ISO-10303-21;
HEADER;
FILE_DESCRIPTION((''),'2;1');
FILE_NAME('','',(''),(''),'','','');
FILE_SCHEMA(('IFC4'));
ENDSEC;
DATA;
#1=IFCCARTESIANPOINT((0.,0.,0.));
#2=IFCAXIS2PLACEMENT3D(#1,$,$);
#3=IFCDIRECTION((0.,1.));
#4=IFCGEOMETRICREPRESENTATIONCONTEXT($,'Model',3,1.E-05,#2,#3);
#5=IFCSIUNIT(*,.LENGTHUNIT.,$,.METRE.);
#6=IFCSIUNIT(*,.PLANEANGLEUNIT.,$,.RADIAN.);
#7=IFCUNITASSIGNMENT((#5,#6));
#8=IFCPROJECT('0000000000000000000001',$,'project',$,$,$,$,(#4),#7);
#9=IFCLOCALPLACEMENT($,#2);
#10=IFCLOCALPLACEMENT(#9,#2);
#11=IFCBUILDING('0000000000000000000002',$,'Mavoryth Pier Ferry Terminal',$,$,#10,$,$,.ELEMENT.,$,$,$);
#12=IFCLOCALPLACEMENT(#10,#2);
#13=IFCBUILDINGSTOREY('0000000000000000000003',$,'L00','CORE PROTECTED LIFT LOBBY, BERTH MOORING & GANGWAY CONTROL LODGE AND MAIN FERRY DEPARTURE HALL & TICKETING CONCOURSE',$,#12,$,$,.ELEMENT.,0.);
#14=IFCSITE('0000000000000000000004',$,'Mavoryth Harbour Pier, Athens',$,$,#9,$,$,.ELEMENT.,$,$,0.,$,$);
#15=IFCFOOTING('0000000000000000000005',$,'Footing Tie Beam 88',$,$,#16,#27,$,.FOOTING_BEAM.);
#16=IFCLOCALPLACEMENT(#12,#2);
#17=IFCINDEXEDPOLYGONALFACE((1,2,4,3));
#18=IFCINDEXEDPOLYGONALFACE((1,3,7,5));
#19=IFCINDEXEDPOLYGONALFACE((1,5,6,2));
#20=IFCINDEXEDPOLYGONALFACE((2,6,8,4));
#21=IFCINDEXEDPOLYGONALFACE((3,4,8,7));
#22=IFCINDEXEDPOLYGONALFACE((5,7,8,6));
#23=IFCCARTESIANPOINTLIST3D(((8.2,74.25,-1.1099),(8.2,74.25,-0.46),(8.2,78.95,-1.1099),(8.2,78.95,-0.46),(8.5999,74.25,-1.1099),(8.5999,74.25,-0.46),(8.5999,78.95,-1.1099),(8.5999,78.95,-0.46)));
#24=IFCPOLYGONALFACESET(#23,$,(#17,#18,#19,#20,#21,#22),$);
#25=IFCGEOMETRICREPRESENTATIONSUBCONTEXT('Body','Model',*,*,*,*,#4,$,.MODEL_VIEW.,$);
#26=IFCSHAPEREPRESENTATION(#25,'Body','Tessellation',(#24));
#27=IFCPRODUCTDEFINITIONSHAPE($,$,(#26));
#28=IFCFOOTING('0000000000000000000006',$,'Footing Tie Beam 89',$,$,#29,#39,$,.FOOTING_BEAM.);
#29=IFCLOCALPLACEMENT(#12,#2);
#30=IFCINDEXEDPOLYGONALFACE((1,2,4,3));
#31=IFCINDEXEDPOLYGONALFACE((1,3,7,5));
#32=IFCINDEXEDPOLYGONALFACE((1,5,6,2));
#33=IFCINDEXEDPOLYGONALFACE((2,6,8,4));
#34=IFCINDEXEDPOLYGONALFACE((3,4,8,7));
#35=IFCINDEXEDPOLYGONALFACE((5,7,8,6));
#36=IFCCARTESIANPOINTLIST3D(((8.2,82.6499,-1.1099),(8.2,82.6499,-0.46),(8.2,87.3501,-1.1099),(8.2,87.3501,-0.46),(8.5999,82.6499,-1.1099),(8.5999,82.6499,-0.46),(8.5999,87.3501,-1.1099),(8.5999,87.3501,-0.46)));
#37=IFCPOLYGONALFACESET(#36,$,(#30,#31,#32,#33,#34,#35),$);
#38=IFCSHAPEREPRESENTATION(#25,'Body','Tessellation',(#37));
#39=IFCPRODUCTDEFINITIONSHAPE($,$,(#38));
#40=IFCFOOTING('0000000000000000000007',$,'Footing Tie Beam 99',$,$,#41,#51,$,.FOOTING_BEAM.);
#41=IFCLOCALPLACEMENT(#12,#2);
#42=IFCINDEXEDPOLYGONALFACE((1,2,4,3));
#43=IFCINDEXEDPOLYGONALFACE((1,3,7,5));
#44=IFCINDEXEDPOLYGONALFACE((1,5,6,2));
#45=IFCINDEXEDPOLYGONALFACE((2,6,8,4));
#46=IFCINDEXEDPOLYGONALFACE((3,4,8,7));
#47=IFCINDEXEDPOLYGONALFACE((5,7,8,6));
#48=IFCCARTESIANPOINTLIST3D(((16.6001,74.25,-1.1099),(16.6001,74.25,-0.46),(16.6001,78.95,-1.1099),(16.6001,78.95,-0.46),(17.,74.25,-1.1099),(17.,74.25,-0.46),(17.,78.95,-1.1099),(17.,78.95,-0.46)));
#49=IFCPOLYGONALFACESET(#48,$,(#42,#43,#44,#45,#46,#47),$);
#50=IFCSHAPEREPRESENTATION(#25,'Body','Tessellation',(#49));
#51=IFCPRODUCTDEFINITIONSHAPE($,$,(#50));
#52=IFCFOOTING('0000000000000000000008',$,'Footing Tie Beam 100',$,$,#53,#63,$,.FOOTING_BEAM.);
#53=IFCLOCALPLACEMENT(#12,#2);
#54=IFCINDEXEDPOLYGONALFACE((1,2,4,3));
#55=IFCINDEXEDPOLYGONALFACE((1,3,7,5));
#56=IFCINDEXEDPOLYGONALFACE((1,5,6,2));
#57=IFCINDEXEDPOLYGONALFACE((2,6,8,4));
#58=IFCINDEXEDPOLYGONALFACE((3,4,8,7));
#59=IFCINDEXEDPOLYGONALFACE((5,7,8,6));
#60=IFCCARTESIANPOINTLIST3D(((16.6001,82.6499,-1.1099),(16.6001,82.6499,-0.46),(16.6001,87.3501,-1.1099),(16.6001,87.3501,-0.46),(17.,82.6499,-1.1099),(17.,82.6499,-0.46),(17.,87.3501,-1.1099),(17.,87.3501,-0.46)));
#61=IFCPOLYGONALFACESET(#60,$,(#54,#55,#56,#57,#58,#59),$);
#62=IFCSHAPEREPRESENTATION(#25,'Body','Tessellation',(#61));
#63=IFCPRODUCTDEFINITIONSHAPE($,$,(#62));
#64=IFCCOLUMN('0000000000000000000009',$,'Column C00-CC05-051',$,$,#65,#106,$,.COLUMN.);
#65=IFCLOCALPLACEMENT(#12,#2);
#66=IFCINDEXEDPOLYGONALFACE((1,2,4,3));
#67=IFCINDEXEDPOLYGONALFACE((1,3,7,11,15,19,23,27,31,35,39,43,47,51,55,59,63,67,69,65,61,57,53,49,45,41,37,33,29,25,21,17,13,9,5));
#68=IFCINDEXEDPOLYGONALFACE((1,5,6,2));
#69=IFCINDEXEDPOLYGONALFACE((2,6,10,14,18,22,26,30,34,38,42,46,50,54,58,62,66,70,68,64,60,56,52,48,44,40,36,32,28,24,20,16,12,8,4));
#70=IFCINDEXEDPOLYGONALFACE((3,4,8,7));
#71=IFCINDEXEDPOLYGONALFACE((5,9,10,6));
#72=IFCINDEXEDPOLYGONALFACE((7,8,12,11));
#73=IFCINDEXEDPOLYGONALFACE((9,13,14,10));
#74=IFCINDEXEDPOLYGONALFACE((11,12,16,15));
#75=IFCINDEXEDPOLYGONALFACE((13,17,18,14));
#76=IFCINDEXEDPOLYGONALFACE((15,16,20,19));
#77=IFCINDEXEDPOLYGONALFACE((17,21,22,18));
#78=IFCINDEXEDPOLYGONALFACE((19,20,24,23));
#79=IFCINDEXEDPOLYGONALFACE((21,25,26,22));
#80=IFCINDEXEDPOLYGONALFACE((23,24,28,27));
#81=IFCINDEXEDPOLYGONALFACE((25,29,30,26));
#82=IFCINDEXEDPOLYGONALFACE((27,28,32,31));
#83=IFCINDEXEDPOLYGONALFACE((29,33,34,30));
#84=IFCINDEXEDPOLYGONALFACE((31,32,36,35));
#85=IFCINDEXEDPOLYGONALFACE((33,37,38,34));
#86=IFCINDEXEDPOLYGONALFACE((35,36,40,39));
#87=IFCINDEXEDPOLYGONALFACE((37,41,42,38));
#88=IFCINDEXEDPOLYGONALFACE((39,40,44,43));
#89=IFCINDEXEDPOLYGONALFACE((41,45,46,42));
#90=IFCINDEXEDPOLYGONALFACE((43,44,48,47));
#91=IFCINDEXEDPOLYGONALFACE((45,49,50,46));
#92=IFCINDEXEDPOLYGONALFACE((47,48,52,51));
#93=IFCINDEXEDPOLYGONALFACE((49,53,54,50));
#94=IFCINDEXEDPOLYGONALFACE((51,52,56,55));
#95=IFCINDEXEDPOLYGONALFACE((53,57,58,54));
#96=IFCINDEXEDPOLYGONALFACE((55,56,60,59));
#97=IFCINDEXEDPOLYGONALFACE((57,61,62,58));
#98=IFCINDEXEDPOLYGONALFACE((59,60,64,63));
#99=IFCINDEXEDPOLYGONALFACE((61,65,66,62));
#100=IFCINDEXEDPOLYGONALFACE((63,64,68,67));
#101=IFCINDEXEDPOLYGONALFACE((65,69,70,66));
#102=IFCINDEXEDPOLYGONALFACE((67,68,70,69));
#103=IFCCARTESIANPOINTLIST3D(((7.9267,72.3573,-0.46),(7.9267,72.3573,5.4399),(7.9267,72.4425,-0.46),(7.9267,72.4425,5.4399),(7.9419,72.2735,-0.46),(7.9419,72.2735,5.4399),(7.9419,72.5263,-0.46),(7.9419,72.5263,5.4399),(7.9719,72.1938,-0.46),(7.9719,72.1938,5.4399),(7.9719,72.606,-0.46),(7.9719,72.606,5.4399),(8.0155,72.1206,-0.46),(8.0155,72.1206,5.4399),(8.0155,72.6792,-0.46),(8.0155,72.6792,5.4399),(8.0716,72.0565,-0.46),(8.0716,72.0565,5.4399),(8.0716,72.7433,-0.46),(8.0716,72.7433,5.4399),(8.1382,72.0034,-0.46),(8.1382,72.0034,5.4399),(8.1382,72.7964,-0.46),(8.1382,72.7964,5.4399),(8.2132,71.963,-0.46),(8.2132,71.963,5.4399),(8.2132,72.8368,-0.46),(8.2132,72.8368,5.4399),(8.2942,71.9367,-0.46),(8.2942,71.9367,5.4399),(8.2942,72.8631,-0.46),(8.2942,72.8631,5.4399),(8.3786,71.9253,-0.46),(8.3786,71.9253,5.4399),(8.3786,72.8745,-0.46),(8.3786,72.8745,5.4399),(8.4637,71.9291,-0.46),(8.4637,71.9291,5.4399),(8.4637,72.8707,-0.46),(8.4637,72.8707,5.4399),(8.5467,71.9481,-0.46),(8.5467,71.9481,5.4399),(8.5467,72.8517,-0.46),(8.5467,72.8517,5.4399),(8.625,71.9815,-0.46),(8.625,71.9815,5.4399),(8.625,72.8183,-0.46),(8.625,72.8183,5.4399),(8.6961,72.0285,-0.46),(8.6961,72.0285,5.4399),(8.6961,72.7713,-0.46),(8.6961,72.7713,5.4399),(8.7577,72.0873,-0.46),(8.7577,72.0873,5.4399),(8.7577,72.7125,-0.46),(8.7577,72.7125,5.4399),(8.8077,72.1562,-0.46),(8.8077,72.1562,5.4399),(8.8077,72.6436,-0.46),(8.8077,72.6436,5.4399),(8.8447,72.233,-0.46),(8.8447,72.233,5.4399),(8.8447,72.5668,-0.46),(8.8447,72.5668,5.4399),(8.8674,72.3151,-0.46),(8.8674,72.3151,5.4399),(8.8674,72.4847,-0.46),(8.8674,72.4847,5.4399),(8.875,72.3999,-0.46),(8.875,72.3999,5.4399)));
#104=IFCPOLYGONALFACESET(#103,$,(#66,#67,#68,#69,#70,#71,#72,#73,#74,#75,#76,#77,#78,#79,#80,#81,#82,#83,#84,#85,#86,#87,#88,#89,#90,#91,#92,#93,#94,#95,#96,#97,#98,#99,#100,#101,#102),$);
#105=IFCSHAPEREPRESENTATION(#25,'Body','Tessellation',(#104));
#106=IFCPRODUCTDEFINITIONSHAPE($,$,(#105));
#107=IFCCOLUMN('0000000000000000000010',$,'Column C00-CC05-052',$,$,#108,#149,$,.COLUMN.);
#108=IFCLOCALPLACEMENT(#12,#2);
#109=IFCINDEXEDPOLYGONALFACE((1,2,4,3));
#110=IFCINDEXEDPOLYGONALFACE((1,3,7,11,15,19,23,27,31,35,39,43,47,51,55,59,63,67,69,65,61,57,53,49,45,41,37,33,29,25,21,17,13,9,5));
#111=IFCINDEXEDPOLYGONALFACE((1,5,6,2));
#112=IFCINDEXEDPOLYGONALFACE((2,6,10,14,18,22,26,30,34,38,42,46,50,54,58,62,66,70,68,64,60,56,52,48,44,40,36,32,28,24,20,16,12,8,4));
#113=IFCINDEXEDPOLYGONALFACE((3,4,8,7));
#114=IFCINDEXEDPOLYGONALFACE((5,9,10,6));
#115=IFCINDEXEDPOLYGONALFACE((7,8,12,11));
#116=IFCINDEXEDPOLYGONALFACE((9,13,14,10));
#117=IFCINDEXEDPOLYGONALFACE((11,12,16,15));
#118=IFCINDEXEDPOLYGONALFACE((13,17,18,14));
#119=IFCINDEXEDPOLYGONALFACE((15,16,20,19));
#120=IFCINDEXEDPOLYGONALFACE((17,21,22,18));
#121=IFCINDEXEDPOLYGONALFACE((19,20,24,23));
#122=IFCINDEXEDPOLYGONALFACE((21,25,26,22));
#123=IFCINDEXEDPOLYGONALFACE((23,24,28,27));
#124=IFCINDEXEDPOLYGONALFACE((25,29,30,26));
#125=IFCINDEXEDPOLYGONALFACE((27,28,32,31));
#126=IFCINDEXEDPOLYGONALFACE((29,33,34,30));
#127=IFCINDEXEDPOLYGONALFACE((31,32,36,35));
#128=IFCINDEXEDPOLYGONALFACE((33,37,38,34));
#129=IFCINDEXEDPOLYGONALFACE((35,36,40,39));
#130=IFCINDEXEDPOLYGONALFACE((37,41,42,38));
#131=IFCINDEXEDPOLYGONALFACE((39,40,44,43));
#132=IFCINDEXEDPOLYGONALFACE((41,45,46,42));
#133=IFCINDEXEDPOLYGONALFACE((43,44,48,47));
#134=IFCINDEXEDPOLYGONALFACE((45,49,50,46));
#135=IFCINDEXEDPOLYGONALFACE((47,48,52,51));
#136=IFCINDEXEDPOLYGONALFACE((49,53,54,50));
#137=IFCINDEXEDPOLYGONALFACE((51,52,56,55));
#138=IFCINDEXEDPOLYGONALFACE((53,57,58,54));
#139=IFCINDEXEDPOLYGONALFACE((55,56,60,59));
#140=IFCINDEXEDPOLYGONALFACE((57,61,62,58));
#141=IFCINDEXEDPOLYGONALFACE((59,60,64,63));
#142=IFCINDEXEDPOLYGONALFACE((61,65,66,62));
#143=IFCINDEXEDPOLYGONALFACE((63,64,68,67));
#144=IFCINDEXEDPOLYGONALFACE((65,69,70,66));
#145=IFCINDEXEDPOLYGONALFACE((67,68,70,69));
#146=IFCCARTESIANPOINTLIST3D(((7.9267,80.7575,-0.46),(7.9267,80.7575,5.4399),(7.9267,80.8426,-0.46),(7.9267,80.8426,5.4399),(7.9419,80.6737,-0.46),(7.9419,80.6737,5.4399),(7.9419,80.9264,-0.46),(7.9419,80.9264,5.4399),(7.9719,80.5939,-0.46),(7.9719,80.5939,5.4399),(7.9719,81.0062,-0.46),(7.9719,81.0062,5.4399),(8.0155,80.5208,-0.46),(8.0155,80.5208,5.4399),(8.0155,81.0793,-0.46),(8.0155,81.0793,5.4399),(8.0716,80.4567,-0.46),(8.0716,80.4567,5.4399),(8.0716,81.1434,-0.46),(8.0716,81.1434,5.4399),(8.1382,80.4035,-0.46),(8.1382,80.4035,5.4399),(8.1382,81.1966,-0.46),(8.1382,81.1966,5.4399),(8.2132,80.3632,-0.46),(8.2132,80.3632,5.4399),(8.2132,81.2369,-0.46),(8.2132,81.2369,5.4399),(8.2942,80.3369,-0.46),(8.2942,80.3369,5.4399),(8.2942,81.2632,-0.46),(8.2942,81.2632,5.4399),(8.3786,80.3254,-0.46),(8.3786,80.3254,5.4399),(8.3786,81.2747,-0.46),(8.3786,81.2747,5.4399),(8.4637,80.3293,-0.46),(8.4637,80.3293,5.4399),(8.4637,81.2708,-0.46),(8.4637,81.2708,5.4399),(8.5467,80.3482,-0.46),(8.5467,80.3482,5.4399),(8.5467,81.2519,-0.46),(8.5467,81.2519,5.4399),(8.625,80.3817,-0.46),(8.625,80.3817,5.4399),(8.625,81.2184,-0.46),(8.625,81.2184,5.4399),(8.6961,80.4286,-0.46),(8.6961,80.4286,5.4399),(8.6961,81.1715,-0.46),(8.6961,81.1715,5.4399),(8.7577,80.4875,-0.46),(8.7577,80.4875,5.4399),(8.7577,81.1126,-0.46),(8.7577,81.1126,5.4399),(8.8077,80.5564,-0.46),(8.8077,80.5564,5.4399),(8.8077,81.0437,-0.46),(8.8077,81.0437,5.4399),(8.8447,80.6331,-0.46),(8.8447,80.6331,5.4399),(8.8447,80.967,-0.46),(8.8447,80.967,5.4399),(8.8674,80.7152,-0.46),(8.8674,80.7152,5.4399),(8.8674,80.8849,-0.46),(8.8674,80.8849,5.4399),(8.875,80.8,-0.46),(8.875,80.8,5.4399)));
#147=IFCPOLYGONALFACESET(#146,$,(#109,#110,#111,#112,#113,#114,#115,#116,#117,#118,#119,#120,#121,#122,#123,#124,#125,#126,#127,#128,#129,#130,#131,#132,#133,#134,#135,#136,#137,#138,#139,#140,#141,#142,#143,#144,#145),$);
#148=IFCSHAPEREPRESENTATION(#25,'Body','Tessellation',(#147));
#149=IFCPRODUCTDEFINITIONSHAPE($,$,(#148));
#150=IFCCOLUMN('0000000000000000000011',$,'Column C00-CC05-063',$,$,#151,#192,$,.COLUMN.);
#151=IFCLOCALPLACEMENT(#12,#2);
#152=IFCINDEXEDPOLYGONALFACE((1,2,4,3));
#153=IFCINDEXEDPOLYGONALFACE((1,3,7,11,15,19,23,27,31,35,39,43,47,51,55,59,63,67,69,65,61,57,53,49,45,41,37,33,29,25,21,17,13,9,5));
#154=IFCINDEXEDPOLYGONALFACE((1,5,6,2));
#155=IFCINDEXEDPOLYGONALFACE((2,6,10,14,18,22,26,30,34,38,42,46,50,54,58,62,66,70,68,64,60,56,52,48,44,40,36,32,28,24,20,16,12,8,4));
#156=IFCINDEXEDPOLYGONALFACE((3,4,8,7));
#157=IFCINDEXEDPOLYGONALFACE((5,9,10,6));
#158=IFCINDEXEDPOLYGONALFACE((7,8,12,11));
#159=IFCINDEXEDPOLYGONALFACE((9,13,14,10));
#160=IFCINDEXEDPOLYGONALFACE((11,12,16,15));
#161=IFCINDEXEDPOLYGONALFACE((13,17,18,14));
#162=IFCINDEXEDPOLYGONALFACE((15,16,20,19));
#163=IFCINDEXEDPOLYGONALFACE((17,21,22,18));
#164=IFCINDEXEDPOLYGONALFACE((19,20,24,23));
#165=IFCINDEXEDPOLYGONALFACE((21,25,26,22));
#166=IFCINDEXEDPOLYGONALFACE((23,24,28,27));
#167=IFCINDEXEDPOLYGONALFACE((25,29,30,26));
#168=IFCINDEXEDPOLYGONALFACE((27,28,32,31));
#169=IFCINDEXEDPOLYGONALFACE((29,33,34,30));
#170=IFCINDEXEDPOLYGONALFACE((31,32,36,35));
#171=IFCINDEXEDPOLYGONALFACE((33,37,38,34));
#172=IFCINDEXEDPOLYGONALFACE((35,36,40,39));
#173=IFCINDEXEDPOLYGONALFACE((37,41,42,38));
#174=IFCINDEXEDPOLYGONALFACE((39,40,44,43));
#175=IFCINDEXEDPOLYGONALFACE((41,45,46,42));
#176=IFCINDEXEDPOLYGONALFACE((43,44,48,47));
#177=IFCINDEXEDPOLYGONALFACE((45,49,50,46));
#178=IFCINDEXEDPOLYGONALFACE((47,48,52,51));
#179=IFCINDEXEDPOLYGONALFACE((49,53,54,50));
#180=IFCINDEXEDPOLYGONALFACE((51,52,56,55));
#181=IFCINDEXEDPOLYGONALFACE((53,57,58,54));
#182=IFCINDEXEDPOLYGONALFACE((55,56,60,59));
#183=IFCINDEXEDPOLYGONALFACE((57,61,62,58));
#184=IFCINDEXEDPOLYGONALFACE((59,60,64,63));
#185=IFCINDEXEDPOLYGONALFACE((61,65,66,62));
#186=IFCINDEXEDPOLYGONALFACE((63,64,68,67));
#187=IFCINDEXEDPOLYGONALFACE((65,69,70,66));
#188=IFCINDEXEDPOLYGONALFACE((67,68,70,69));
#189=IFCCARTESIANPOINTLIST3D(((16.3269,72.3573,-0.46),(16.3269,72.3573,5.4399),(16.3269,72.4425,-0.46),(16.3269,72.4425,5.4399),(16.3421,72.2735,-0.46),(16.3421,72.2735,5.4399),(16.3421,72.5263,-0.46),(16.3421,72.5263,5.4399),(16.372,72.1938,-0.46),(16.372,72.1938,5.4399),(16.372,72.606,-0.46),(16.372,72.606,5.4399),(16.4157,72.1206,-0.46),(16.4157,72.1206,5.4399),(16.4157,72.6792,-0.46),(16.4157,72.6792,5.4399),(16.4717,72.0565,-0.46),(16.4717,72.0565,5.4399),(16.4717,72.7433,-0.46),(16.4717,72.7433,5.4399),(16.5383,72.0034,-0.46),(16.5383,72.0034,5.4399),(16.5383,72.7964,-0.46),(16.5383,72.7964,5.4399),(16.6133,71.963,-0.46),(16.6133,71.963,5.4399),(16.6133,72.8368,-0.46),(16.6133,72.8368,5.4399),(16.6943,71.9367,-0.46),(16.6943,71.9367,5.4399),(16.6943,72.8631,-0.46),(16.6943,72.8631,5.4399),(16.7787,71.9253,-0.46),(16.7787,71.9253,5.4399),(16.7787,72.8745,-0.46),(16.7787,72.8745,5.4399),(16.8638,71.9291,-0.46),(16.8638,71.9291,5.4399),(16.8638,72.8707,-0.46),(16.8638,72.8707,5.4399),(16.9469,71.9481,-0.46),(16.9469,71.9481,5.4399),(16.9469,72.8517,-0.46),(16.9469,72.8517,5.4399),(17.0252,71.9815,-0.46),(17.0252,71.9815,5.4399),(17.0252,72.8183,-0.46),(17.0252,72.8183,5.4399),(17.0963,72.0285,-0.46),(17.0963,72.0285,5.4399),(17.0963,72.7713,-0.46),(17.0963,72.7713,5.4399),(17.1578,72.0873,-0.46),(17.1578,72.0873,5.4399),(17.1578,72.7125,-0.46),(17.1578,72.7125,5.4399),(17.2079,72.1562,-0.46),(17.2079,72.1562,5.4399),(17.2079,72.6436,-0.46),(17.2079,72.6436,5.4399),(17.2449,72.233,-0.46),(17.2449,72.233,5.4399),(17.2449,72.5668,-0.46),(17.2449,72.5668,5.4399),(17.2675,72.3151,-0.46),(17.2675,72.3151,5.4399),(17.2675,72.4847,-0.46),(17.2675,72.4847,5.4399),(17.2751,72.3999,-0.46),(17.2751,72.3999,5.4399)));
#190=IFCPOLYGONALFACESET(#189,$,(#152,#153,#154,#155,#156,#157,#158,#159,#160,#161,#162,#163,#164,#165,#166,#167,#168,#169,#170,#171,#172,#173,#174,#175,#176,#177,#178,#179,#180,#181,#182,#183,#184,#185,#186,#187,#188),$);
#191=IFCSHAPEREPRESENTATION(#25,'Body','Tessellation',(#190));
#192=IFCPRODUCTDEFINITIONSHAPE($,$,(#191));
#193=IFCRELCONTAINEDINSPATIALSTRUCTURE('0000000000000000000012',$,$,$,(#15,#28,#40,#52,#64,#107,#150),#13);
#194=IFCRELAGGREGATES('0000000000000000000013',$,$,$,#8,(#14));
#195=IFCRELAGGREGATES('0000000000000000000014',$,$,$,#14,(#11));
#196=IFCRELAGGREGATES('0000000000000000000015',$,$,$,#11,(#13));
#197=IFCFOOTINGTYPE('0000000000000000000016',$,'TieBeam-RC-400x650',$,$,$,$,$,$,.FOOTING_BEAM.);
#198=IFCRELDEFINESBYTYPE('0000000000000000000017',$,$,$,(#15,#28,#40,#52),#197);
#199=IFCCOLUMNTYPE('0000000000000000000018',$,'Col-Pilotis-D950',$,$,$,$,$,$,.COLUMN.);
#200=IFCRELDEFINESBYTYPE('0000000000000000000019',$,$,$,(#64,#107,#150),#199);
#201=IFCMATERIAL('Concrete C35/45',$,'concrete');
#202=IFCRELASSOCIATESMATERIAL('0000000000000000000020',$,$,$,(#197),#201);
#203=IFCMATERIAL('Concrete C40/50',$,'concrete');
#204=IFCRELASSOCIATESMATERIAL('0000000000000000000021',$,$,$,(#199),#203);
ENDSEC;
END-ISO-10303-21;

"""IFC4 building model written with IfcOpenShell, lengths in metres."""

from ifc_helpers import new_model, si_unit, direction, frame, origin, origin_2d, place, context, subcontext, project, spatial, rectangle, circle, extrude, material, material_profile, profile_set, type_object, element, save


model = new_model("IFC4")

# Units and contexts
model_context = context("Model", 3, precision=1e-05, world=origin(), true_north=direction((0.0, 1.0)))
body_context = subcontext(model_context, "Body", "Model", "MODEL_VIEW")
ifc_project = project(units=[si_unit("LENGTHUNIT", "METRE"), si_unit("PLANEANGLEUNIT", "RADIAN")], contexts=[model_context])

# Site, building, storey
site_placement = place(None, origin())
site = spatial("IfcSite", under=ifc_project, at=site_placement, Name="Mavoryth Harbour Pier, Athens", CompositionType="ELEMENT", RefElevation=0.0)
building_placement = place(site_placement, origin())
building = spatial("IfcBuilding", under=site, at=building_placement, Name="Mavoryth Pier Ferry Terminal", CompositionType="ELEMENT")
storey_placement = place(building_placement, origin())
storey = spatial("IfcBuildingStorey", under=building, at=storey_placement, Name="L00", Description="CORE PROTECTED LIFT LOBBY, BERTH MOORING & GANGWAY CONTROL LODGE AND MAIN FERRY DEPARTURE HALL & TICKETING CONCOURSE", CompositionType="ELEMENT", Elevation=0.0)

# Shared definitions
ifc_material_1 = material(Name="Concrete C35/45", Category="concrete")

# Footings
ifc_material_profile_1 = material_profile(ifc_material_1, rectangle(XDim=0.3999, YDim=0.6499, at=origin_2d()), Name="RC 400x650", Category="concrete")
ifc_profile_set_1 = profile_set([ifc_material_profile_1], Name="Concrete C35/45 - RC 400x650")
footing_type_1 = type_object("IfcFootingType", Name="TieBeam-RC-400x650", PredefinedType="FOOTING_BEAM", material=ifc_profile_set_1)
for number, where, z_axis, x_axis, name in (
    (1, (8.3999, 74.25, -0.7849), (0.0, 1.0, 0.0), (-1.0, 0.0, 0.0), "Footing Tie Beam 88"),
):
    element("IfcFooting", number, at=place(storey_placement, frame(where, z_axis=z_axis, x_axis=x_axis)), inside=storey, type_object=footing_type_1, Name=name, PredefinedType="FOOTING_BEAM", context=body_context, shape_type="SweptSolid", body=[
        extrude(rectangle(XDim=0.3999, YDim=0.6499, at=origin_2d()), origin(), (0.0, 0.0, 1.0), 4.7),
    ])
footing_1_placement = place(storey_placement, frame((8.3999, 82.6499, -0.7849), z_axis=(0.0, 1.0, 0.0), x_axis=(-1.0, 0.0, 0.0)))
element("IfcFooting", 2, at=footing_1_placement, inside=storey, type_object=footing_type_1, Name="Footing Tie Beam 89", PredefinedType="FOOTING_BEAM", context=body_context, shape_type="SweptSolid", body=[
    extrude(rectangle(XDim=0.3999, YDim=0.6499, at=origin_2d()), origin(), (0.0, 0.0, 1.0), 4.7002),
])
footing_2_placement = place(storey_placement, frame((16.8, 74.25, -0.7849), z_axis=(0.0, 1.0, 0.0), x_axis=(-1.0, 0.0, 0.0)))
element("IfcFooting", 3, at=footing_2_placement, inside=storey, type_object=footing_type_1, Name="Footing Tie Beam 99", PredefinedType="FOOTING_BEAM", context=body_context, shape_type="SweptSolid", body=[
    extrude(rectangle(XDim=0.3999, YDim=0.6499, at=origin_2d()), origin(), (0.0, 0.0, 1.0), 4.7),
])
footing_3_placement = place(storey_placement, frame((16.8, 82.6499, -0.7849), z_axis=(0.0, 1.0, 0.0), x_axis=(-1.0, 0.0, 0.0)))
element("IfcFooting", 4, at=footing_3_placement, inside=storey, type_object=footing_type_1, Name="Footing Tie Beam 100", PredefinedType="FOOTING_BEAM", context=body_context, shape_type="SweptSolid", body=[
    extrude(rectangle(XDim=0.3999, YDim=0.6499, at=origin_2d()), origin(), (0.0, 0.0, 1.0), 4.7002),
])

# Columns
ifc_material_2 = material(Name="Concrete C40/50", Category="concrete")
ifc_material_profile_2 = material_profile(ifc_material_2, circle(Radius=0.4751, at=origin_2d()), Name="RC D950", Category="concrete")
ifc_profile_set_2 = profile_set([ifc_material_profile_2], Name="Concrete C40/50 - RC D950")
column_type = type_object("IfcColumnType", Name="Col-Pilotis-D950", PredefinedType="COLUMN", material=ifc_profile_set_2)
for number, where, z_axis, x_axis, name in (
    (5, (8.3999, 72.3999, -0.46), (0.0, 0.0, 1.0), (1.0, 0.0, 0.0), "Column C00-CC05-051"),
    (6, (8.3999, 80.8, -0.46), (0.0, 0.0, 1.0), (1.0, 0.0, 0.0), "Column C00-CC05-052"),
    (7, (16.8, 72.3999, -0.46), (0.0, 0.0, 1.0), (1.0, 0.0, 0.0), "Column C00-CC05-063"),
):
    element("IfcColumn", number, at=place(storey_placement, frame(where, z_axis=z_axis, x_axis=x_axis)), inside=storey, type_object=column_type, Name=name, PredefinedType="COLUMN", context=body_context, shape_type="SweptSolid", body=[
        extrude(circle(Radius=0.4751, at=origin_2d()), origin(), (0.0, 0.0, 1.0), 5.8999),
    ])

save(model, "model.ifc")
